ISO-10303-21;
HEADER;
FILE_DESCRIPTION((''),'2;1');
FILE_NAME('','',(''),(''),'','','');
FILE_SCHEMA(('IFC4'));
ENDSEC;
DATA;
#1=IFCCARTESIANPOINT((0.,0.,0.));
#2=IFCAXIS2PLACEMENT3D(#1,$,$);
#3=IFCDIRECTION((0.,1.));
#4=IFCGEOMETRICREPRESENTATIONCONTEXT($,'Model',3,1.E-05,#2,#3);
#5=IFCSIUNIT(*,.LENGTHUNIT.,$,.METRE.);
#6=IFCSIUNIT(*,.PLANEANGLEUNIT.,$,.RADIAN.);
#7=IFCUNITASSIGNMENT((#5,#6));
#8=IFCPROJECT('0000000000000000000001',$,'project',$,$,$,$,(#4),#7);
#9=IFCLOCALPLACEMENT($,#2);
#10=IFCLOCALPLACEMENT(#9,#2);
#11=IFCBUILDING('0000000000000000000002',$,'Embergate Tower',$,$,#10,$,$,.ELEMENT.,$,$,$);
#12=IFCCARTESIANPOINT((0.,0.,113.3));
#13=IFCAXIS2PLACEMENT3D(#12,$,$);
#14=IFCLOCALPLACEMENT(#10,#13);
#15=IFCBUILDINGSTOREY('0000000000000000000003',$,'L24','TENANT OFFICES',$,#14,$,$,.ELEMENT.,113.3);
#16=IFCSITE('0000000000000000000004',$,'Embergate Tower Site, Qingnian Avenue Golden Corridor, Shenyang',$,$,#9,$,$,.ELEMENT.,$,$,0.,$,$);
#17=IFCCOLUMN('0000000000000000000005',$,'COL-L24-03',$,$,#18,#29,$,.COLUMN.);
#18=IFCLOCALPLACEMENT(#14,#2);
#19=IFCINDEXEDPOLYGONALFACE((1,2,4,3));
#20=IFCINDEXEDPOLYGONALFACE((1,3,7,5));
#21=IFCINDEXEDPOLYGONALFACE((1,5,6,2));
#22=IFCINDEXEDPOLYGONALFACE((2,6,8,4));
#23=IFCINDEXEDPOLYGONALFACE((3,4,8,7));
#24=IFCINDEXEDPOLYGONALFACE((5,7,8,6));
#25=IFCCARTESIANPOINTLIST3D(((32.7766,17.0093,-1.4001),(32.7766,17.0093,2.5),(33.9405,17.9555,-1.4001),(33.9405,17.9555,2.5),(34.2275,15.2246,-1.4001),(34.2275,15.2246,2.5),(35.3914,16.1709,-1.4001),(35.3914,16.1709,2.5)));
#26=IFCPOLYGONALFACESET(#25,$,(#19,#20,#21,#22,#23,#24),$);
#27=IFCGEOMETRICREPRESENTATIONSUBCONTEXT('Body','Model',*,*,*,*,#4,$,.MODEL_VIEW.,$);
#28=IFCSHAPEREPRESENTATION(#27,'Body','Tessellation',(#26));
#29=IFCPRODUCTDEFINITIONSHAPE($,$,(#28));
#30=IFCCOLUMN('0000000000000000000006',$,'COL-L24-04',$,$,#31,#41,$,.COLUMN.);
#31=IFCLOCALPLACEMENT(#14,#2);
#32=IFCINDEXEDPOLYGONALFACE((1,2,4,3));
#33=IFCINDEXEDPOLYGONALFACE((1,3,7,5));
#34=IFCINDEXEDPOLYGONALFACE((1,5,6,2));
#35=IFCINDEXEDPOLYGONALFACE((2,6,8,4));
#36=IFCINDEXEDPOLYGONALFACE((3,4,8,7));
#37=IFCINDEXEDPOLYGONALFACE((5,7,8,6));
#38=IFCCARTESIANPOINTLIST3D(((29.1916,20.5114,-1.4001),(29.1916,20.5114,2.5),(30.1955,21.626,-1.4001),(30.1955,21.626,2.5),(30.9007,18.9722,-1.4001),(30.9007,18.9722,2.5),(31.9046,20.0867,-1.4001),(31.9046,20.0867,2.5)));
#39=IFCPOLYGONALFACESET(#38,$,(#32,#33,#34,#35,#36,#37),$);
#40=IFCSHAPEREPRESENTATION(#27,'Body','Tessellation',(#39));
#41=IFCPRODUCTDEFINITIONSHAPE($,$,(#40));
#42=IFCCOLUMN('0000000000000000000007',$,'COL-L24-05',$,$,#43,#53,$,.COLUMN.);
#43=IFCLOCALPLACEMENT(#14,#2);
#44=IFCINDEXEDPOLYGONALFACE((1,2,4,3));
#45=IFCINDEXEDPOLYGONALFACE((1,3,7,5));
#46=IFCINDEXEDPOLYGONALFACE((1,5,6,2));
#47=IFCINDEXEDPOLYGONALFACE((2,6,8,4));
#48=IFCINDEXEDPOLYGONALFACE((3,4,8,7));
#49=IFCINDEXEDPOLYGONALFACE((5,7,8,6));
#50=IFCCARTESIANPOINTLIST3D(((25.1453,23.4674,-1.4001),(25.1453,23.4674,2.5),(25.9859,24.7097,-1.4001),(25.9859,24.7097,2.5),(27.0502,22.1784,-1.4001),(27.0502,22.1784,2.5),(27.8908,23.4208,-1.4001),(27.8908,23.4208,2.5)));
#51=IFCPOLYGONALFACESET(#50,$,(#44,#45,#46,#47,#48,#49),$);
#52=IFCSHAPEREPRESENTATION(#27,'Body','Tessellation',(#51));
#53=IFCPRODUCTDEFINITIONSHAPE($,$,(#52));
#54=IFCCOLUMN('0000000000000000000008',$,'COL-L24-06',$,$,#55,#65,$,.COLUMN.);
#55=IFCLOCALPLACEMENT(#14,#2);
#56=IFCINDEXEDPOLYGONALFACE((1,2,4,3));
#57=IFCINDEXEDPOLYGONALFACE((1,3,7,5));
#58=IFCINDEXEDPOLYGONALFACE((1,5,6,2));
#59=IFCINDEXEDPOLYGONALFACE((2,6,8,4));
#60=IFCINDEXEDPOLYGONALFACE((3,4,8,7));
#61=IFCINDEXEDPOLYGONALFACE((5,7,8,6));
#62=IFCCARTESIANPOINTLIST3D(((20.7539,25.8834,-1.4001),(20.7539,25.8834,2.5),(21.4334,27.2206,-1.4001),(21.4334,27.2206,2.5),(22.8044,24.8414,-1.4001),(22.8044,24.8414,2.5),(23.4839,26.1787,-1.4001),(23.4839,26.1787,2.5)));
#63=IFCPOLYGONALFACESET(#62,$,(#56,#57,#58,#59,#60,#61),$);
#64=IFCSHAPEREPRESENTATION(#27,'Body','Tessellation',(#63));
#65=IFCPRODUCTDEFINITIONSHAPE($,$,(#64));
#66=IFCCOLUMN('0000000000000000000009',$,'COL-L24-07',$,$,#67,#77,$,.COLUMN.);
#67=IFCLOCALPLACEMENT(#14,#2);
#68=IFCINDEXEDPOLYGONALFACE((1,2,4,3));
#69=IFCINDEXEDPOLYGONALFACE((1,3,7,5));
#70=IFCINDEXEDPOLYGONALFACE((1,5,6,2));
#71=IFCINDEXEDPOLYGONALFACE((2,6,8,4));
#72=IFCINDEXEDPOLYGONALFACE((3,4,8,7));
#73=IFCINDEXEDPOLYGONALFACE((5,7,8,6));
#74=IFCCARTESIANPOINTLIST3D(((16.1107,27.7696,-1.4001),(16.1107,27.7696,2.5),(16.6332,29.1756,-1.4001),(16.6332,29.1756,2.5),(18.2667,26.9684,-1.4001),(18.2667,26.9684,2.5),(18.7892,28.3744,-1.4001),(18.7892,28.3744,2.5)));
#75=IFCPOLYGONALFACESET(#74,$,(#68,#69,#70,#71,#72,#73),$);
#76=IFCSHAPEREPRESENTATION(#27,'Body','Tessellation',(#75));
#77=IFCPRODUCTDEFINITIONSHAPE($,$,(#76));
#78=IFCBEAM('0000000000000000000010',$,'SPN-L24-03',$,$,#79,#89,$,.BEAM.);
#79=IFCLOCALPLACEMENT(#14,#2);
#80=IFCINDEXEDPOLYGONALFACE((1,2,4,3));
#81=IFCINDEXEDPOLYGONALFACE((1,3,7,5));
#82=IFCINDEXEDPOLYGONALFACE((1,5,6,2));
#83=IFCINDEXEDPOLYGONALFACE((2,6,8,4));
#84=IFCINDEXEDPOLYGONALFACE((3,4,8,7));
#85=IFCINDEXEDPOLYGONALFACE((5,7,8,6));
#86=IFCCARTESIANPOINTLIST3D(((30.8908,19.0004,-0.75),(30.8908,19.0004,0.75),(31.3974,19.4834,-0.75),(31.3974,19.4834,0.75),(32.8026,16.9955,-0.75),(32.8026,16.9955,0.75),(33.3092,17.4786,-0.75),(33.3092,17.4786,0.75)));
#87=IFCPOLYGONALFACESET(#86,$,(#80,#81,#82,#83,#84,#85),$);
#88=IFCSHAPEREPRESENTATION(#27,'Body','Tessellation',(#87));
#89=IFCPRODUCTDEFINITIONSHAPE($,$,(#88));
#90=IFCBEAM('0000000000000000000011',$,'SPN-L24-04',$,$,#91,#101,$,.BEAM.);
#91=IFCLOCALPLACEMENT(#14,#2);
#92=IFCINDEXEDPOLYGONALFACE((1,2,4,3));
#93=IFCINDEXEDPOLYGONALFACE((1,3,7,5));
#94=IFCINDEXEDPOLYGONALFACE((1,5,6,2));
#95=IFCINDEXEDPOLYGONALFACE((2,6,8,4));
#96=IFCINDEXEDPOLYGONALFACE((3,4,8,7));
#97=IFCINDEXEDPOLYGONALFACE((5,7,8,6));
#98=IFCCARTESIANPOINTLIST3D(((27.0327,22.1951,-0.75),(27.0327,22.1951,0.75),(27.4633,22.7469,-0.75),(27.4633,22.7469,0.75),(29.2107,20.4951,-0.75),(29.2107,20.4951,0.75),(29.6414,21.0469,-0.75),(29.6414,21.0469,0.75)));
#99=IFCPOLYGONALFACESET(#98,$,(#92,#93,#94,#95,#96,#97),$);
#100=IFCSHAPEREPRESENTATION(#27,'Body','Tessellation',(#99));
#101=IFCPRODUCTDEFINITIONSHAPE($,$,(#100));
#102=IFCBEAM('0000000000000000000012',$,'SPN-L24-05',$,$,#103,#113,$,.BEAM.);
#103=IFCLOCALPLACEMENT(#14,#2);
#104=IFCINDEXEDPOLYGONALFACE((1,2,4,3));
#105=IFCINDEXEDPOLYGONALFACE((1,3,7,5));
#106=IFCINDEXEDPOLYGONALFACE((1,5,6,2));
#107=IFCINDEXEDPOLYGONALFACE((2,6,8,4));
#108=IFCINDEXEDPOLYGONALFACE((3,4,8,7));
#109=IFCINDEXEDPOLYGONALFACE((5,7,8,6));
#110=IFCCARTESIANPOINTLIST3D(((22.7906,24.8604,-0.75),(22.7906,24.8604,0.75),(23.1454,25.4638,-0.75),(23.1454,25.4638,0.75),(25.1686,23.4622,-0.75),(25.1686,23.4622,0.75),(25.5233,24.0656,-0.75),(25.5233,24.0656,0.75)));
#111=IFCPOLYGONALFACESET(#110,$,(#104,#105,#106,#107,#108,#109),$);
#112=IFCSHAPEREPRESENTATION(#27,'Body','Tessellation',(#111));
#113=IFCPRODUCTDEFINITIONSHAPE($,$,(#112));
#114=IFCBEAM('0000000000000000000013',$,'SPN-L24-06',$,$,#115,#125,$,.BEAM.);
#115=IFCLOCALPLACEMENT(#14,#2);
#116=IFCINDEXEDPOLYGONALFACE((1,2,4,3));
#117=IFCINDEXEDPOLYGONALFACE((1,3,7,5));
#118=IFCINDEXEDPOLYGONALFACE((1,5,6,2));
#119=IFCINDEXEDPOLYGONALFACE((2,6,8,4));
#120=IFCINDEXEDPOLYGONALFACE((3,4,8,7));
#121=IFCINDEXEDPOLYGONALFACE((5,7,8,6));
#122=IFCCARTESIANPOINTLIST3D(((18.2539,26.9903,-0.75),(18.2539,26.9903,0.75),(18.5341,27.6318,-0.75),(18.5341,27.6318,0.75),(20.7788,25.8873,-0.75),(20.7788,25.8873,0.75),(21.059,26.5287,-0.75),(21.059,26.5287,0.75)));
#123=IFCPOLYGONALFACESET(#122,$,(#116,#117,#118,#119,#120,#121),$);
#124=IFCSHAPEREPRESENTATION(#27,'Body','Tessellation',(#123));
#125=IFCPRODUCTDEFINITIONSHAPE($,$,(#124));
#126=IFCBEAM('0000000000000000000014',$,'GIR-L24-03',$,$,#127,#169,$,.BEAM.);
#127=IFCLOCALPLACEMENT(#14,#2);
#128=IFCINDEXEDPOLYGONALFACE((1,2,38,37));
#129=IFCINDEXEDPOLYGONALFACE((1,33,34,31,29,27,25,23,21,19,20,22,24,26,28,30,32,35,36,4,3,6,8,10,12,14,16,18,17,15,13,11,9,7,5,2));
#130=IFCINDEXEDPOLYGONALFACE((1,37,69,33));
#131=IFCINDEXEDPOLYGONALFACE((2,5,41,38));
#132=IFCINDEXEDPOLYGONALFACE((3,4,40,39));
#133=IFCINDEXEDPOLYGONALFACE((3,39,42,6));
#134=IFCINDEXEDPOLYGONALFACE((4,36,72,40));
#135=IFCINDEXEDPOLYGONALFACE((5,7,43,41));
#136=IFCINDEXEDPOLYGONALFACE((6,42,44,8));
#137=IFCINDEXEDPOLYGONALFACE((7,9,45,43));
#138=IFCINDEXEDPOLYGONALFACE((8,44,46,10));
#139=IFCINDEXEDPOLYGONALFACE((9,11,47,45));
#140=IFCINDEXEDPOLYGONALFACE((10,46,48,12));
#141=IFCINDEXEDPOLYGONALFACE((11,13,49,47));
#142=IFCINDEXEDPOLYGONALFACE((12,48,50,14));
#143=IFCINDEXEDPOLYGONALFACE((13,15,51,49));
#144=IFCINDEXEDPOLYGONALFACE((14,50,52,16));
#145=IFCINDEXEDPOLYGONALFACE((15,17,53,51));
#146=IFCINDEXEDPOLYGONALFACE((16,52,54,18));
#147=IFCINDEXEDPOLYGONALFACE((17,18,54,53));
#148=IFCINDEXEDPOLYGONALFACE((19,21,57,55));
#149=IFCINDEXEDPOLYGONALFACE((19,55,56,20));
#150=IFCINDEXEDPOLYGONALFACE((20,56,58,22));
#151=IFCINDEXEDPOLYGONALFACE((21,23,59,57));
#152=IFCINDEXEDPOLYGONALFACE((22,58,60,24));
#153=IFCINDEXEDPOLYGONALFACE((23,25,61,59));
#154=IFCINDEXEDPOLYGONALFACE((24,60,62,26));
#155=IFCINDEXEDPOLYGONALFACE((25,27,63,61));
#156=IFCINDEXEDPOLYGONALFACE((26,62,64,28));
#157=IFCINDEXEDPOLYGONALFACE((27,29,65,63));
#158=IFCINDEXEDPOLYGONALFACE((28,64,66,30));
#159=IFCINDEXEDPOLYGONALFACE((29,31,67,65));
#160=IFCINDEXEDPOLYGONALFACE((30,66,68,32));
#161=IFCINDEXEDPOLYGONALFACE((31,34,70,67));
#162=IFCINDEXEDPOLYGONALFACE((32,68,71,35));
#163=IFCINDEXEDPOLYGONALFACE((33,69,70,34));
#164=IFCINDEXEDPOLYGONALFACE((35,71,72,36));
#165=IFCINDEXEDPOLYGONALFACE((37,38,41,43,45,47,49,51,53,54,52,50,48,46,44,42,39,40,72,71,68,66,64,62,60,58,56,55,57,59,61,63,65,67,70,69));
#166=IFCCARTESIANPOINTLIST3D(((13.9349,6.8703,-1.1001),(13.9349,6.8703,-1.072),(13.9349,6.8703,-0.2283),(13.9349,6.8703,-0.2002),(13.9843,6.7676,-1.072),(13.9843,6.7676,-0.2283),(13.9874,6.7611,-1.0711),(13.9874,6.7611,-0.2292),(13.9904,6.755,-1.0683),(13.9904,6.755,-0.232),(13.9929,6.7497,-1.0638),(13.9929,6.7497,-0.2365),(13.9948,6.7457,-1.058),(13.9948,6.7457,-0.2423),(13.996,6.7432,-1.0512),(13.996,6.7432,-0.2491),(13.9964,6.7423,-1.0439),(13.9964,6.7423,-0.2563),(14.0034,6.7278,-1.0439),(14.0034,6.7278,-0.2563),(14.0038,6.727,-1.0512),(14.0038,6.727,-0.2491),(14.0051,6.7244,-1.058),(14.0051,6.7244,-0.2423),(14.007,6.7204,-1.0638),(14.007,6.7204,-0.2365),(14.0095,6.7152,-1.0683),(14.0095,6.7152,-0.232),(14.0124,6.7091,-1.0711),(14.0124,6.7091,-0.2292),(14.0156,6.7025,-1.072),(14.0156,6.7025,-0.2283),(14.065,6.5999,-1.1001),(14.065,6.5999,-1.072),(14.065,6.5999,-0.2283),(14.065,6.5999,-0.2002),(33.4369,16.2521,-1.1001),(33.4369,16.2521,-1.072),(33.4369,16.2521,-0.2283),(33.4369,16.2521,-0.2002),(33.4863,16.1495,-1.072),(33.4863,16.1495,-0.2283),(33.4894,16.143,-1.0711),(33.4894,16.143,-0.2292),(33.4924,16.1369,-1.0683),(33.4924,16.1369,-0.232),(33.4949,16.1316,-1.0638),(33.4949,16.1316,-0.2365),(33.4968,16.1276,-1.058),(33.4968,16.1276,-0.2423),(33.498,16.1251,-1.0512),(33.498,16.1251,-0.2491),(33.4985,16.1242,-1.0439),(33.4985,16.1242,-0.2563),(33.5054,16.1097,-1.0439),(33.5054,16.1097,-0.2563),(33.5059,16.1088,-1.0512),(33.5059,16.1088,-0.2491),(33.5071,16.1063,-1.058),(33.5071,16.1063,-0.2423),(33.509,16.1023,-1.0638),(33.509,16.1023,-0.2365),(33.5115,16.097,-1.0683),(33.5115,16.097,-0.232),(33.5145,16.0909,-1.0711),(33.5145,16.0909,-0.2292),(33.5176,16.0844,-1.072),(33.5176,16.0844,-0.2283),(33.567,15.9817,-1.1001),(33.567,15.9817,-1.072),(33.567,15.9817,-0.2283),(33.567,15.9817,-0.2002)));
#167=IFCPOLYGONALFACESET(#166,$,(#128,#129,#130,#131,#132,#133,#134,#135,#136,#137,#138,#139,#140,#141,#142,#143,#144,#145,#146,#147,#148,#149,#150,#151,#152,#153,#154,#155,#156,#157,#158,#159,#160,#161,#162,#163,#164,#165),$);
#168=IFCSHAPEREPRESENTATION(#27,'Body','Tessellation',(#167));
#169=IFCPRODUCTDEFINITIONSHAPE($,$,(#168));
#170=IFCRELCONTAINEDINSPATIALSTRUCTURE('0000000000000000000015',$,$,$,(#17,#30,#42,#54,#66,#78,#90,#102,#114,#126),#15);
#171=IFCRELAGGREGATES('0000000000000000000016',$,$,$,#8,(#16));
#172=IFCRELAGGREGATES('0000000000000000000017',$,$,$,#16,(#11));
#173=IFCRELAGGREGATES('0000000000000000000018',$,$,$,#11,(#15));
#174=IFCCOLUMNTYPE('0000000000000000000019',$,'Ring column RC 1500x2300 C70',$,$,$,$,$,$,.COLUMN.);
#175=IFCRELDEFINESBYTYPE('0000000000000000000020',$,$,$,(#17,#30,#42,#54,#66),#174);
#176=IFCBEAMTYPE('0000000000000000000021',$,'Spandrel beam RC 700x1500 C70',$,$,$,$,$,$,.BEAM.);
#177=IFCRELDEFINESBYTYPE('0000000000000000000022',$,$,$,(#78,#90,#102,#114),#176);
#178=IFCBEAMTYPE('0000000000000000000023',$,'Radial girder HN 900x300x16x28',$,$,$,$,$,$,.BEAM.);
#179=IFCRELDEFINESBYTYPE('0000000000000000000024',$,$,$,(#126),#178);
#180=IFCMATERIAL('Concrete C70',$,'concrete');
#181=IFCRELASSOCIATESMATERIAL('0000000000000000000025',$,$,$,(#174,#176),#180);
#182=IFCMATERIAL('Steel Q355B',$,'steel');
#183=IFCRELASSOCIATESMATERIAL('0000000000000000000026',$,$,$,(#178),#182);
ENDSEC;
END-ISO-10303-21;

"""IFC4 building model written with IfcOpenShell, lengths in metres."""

from ifc_helpers import new_model, si_unit, direction, frame, origin, origin_2d, place, context, subcontext, project, spatial, rectangle, i_section, extrude, source, transform, mapped, material, material_profile, profile_set, type_object, element, save


model = new_model("IFC4")

# Units and contexts
model_context = context("Model", 3, precision=1e-05, world=origin(), true_north=direction((0.0, 1.0)))
body_context = subcontext(model_context, "Body", "Model", "MODEL_VIEW")
ifc_project = project(units=[si_unit("LENGTHUNIT", "METRE"), si_unit("PLANEANGLEUNIT", "RADIAN")], contexts=[model_context])

# Site, building, storey
site_placement = place(None, origin())
site = spatial("IfcSite", under=ifc_project, at=site_placement, Name="Embergate Tower Site, Qingnian Avenue Golden Corridor, Shenyang", CompositionType="ELEMENT", RefElevation=0.0)
building_placement = place(site_placement, origin())
building = spatial("IfcBuilding", under=site, at=building_placement, Name="Embergate Tower", CompositionType="ELEMENT")
storey_placement = place(building_placement, frame((0.0, 0.0, 113.3)))
storey = spatial("IfcBuildingStorey", under=building, at=storey_placement, Name="L24", Description="TENANT OFFICES", CompositionType="ELEMENT", Elevation=113.3)

# Columns
ifc_material_1 = material(Name="Concrete C70", Category="concrete")
ifc_material_profile_1 = material_profile(ifc_material_1, rectangle(XDim=1.5, YDim=2.3, at=origin_2d()), Name="RC 1500x2300")
ifc_profile_set_1 = profile_set([ifc_material_profile_1], Name="Concrete C70")
column_type = type_object("IfcColumnType", Name="Ring column RC 1500x2300 C70", PredefinedType="COLUMN", material=ifc_profile_set_1)
shared_shape_1 = source(origin(), body_context, "Body", "SweptSolid", [
    extrude(rectangle(XDim=1.5, YDim=2.3, at=origin_2d()), origin(), (0.0, 0.0, 1.0), 3.9001),
])
for number, where, z_axis, x_axis, name in (
    (1, (34.084, 16.5901, -1.4001), (0.0, 0.0, 1.0), (0.775925, 0.630825, 0.0), "COL-L24-03"),
    (2, (30.5481, 20.2991, -1.4001), (0.0, 0.0, 1.0), (0.669221, 0.743063, 0.0), "COL-L24-04"),
    (3, (26.5181, 23.4441, -1.4001), (0.0, 0.0, 1.0), (0.560408, 0.828217, 0.0), "COL-L24-05"),
    (4, (22.1189, 26.031, -1.4001), (0.0, 0.0, 1.0), (0.453011, 0.891505, 0.0), "COL-L24-06"),
    (5, (17.45, 28.072, -1.4001), (0.0, 0.0, 1.0), (0.348343, 0.937367, 0.0), "COL-L24-07"),
):
    element("IfcColumn", number, at=place(storey_placement, frame(where, z_axis=z_axis, x_axis=x_axis)), inside=storey, type_object=column_type, Name=name, PredefinedType="COLUMN", context=body_context, shape_type="MappedRepresentation", body=[
        mapped(shared_shape_1, transform((0.0, 0.0, 0.0))),
    ])

# Beams
ifc_material_profile_2 = material_profile(ifc_material_1, rectangle(XDim=0.7, YDim=1.5, at=origin_2d()), Name="RC 700x1500")
ifc_profile_set_2 = profile_set([ifc_material_profile_2], Name="Concrete C70")
beam_type_1 = type_object("IfcBeamType", Name="Spandrel beam RC 700x1500 C70", PredefinedType="BEAM", material=ifc_profile_set_2)
shared_shape_2 = source(origin(), body_context, "Body", "SweptSolid", [
    extrude(rectangle(XDim=0.7, YDim=1.5, at=origin_2d()), origin(), (0.0, 0.0, 1.0), 2.7703),
])
beam_1_placement = place(storey_placement, frame((33.0559, 17.2371, 0.0), z_axis=(-0.690119, 0.723696, 0.0), x_axis=(-0.723696, -0.690119, 0.0)))
element("IfcBeam", 6, at=beam_1_placement, inside=storey, type_object=beam_type_1, Name="SPN-L24-03", PredefinedType="BEAM", context=body_context, shape_type="MappedRepresentation", body=[
    mapped(shared_shape_2, transform((0.0, 0.0, 0.0))),
])
shared_shape_3 = source(origin(), body_context, "Body", "SweptSolid", [
    extrude(rectangle(XDim=0.7, YDim=1.5, at=origin_2d()), origin(), (0.0, 0.0, 1.0), 2.7629),
])
beam_2_placement = place(storey_placement, frame((29.426, 20.771, 0.0), z_axis=(-0.788304, 0.615286, 0.0), x_axis=(-0.615286, -0.788304, 0.0)))
element("IfcBeam", 7, at=beam_2_placement, inside=storey, type_object=beam_type_1, Name="SPN-L24-04", PredefinedType="BEAM", context=body_context, shape_type="MappedRepresentation", body=[
    mapped(shared_shape_3, transform((0.0, 0.0, 0.0))),
])
shared_shape_4 = source(origin(), body_context, "Body", "SweptSolid", [
    extrude(rectangle(XDim=0.7, YDim=1.5, at=origin_2d()), origin(), (0.0, 0.0, 1.0), 2.7585),
])
beam_3_placement = place(storey_placement, frame((25.3459, 23.7639, 0.0), z_axis=(-0.862027, 0.506862, 0.0), x_axis=(-0.506862, -0.862027, 0.0)))
element("IfcBeam", 8, at=beam_3_placement, inside=storey, type_object=beam_type_1, Name="SPN-L24-05", PredefinedType="BEAM", context=body_context, shape_type="MappedRepresentation", body=[
    mapped(shared_shape_4, transform((0.0, 0.0, 0.0))),
])
shared_shape_5 = source(origin(), body_context, "Body", "SweptSolid", [
    extrude(rectangle(XDim=0.7, YDim=1.5, at=origin_2d()), origin(), (0.0, 0.0, 1.0), 2.7554),
])
beam_4_placement = place(storey_placement, frame((20.9189, 26.208, 0.0), z_axis=(-0.916373, 0.400326, 0.0), x_axis=(-0.400326, -0.916373, 0.0)))
element("IfcBeam", 9, at=beam_4_placement, inside=storey, type_object=beam_type_1, Name="SPN-L24-06", PredefinedType="BEAM", context=body_context, shape_type="MappedRepresentation", body=[
    mapped(shared_shape_5, transform((0.0, 0.0, 0.0))),
])
ifc_material_2 = material(Name="Steel Q355B", Category="steel")
ifc_material_profile_3 = material_profile(ifc_material_2, i_section(OverallWidth=0.3, OverallDepth=0.8999, WebThickness=0.0161, FlangeThickness=0.0281, FilletRadius=0.0281, at=origin_2d()), Name="HN 900x300x16x28")
ifc_profile_set_3 = profile_set([ifc_material_profile_3], Name="Steel Q355 grade B")
beam_type_2 = type_object("IfcBeamType", Name="Radial girder HN 900x300x16x28", PredefinedType="BEAM", material=ifc_profile_set_3)
shared_shape_6 = source(origin(), body_context, "Body", "SweptSolid", [
    extrude(i_section(OverallWidth=0.3, OverallDepth=0.8999, WebThickness=0.0161, FlangeThickness=0.0281, FilletRadius=0.0281, at=origin_2d()), origin(), (0.0, 0.0, 1.0), 21.6414),
])
beam_5_placement = place(storey_placement, frame((33.502, 16.1169, -0.6501), z_axis=(-0.901146, -0.433516, 0.0), x_axis=(0.433516, -0.901146, 0.0)))
element("IfcBeam", 10, at=beam_5_placement, inside=storey, type_object=beam_type_2, Name="GIR-L24-03", PredefinedType="BEAM", context=body_context, shape_type="MappedRepresentation", body=[
    mapped(shared_shape_6, transform((0.0, 0.0, 0.0))),
])

save(model, "model.ifc")
